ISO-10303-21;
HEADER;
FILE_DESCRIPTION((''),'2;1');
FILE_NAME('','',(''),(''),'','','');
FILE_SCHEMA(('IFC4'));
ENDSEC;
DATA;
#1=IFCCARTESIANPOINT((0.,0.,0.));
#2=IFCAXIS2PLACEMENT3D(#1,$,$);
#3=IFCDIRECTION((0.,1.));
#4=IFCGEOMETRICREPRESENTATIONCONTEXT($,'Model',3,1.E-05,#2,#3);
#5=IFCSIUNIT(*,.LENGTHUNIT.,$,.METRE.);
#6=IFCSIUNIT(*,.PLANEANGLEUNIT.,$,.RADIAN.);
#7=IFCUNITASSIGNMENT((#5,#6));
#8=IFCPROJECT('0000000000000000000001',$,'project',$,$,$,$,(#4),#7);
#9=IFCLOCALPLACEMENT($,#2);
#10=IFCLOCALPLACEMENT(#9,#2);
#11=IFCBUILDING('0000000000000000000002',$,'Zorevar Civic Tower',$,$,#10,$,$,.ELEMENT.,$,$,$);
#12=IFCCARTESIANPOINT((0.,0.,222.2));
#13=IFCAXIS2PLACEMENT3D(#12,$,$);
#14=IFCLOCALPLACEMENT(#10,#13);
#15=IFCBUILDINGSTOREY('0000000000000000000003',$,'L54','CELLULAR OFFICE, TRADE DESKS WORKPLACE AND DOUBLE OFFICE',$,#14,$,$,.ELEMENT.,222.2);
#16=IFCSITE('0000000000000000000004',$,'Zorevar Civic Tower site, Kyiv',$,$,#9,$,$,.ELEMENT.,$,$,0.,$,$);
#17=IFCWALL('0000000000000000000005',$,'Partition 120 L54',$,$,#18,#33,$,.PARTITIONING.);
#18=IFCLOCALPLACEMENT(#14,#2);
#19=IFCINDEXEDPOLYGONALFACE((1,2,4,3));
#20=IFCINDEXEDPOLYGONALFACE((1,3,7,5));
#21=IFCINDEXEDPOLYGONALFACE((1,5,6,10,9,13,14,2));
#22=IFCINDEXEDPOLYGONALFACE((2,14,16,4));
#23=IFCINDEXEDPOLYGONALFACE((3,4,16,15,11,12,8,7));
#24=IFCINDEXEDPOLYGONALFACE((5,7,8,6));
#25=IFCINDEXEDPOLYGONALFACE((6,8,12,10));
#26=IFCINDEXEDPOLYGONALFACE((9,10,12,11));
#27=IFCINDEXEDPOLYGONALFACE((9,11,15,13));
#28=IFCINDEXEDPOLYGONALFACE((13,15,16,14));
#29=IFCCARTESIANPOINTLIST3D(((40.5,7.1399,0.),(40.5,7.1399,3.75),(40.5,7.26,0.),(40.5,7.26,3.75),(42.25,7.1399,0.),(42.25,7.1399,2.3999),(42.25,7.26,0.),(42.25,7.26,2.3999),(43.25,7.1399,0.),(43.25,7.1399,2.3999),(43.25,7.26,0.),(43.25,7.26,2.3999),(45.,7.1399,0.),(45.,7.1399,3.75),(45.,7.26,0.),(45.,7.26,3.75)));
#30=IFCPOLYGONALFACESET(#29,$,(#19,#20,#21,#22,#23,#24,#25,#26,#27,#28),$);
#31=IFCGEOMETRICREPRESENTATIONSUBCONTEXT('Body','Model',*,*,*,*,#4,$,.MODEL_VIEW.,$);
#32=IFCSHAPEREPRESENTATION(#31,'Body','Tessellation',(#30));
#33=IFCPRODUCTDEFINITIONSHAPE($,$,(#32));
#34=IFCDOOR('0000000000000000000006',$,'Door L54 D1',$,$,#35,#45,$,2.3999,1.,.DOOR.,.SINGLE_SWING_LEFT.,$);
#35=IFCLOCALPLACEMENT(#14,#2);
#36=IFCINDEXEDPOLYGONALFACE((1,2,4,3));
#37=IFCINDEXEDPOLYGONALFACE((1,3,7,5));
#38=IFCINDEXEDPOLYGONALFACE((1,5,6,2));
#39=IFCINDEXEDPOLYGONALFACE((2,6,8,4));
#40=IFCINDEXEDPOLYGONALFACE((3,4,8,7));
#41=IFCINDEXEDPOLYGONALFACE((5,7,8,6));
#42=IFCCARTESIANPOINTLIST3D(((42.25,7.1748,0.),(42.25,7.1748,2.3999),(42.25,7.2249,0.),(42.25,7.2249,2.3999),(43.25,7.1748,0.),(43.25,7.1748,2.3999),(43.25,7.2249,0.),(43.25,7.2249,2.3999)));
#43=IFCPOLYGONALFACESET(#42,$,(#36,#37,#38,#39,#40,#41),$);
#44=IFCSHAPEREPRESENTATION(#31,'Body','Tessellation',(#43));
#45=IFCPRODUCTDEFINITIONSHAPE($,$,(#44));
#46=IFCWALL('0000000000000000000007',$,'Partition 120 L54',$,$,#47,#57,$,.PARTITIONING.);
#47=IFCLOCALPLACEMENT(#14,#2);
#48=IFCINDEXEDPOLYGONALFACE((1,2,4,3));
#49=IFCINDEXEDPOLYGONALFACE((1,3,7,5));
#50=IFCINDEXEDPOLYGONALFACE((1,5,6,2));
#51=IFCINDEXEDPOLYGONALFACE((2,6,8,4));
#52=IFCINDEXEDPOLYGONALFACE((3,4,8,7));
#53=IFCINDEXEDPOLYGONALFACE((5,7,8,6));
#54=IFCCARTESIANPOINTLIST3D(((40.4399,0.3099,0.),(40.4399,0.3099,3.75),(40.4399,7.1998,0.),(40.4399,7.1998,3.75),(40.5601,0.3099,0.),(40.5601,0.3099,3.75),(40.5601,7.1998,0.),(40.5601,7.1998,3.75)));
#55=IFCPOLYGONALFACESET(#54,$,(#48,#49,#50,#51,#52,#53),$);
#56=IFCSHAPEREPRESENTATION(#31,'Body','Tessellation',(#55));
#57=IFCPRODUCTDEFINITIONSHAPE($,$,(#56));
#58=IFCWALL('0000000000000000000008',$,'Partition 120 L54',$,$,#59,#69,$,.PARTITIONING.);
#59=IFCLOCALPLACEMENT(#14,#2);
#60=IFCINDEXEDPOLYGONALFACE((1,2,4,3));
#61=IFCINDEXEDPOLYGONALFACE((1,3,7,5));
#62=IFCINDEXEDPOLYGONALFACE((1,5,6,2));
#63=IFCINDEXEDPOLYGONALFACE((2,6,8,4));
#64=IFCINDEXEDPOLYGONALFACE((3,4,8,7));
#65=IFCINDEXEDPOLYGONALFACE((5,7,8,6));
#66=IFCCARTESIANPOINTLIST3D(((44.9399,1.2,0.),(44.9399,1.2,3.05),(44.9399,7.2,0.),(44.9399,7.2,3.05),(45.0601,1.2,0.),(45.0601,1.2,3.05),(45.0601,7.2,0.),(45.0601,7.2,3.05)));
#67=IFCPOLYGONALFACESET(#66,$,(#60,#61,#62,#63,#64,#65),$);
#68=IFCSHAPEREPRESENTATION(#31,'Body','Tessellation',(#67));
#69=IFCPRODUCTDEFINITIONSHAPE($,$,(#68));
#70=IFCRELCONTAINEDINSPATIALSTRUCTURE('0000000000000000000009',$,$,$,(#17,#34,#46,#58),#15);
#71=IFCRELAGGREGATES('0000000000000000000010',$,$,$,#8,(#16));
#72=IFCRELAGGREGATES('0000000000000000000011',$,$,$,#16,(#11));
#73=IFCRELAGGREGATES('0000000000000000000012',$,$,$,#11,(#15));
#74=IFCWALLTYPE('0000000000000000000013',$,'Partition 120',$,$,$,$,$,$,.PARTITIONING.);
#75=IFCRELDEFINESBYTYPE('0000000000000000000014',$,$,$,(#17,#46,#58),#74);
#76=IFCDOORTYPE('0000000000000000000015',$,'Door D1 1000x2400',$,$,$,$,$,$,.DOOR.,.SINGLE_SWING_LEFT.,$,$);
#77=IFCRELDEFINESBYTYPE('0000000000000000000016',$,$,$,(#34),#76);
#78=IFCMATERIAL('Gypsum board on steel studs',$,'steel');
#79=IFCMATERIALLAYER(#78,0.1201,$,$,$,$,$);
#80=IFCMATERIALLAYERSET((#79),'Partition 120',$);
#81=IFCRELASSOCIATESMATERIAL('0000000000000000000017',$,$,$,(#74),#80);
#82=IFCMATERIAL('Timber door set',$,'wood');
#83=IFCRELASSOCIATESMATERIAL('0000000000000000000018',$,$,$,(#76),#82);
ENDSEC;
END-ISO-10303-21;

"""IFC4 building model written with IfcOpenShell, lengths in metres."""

from ifc_helpers import new_model, si_unit, direction, frame, frame_2d, origin, place, context, subcontext, project, spatial, rectangle, extrude, material, layer, layer_set, type_object, element, fill, save


model = new_model("IFC4")

# Units and contexts
model_context = context("Model", 3, precision=1e-05, world=origin(), true_north=direction((0.0, 1.0)))
body_context = subcontext(model_context, "Body", "Model", "MODEL_VIEW")
ifc_project = project(units=[si_unit("LENGTHUNIT", "METRE"), si_unit("PLANEANGLEUNIT", "RADIAN")], contexts=[model_context])

# Site, building, storey
site_placement = place(None, origin())
site = spatial("IfcSite", under=ifc_project, at=site_placement, Name="Zorevar Civic Tower site, Kyiv", CompositionType="ELEMENT", RefElevation=0.0)
building_placement = place(site_placement, origin())
building = spatial("IfcBuilding", under=site, at=building_placement, Name="Zorevar Civic Tower", CompositionType="ELEMENT")
storey_placement = place(building_placement, frame((0.0, 0.0, 222.2)))
storey = spatial("IfcBuildingStorey", under=building, at=storey_placement, Name="L54", Description="CELLULAR OFFICE, TRADE DESKS WORKPLACE AND DOUBLE OFFICE", CompositionType="ELEMENT", Elevation=222.2)

# Wall, opening, door
ifc_material_1 = material(Name="Gypsum board on steel studs", Category="steel")
ifc_layer_1 = layer(ifc_material_1, 0.1201)
ifc_layer_set_1 = layer_set([ifc_layer_1], Name="Partition 120")
wall_type = type_object("IfcWallType", Name="Partition 120", PredefinedType="PARTITIONING", material=ifc_layer_set_1)
wall_1_placement = place(storey_placement, frame((40.5, 7.2, 0.0), z_axis=(0.0, 0.0, 1.0), x_axis=(1.0, 0.0, 0.0)))
wall_1 = element("IfcWall", 1, at=wall_1_placement, inside=storey, type_object=wall_type, Name="Partition 120 L54", PredefinedType="PARTITIONING", context=body_context, shape_type="SweptSolid", body=[
    extrude(rectangle(XDim=4.5, YDim=0.1201, at=frame_2d((2.25, 0.0))), origin(), (0.0, 0.0, 1.0), 3.75),
])
opening_placement = place(wall_1_placement, frame((1.75, 0.0, 0.0)))
opening = element("IfcOpeningElement", 2, at=opening_placement, cuts=wall_1, PredefinedType="OPENING", context=body_context, shape_type="SweptSolid", body=[
    extrude(rectangle(XDim=1.0, YDim=2.3999, at=frame_2d((0.5, 1.2))), frame((0.0, 0.0701, 0.0), z_axis=(0.0, -1.0, 0.0), x_axis=(1.0, 0.0, 0.0)), (0.0, 0.0, 1.0), 0.1401),
])
ifc_material_2 = material(Name="Timber door set", Category="wood")
door_type = type_object("IfcDoorType", Name="Door D1 1000x2400", OperationType="SINGLE_SWING_LEFT", PredefinedType="DOOR", material=ifc_material_2)
door_placement = place(opening_placement, origin())
door = element("IfcDoor", 3, at=door_placement, inside=storey, type_object=door_type, Name="Door L54 D1", OperationType="SINGLE_SWING_LEFT", OverallHeight=2.3999, OverallWidth=1.0, PredefinedType="DOOR", context=body_context, shape_type="SweptSolid", body=[
    extrude(rectangle(XDim=1.0, YDim=2.3999, at=frame_2d((0.5, 1.2))), frame((0.0, 0.0249, 0.0), z_axis=(0.0, -1.0, 0.0), x_axis=(1.0, 0.0, 0.0)), (0.0, 0.0, 1.0), 0.05),
])
fill(opening, door)

# Walls
wall_2_placement = place(storey_placement, frame((40.5, 0.3101, 0.0), z_axis=(0.0, 0.0, 1.0), x_axis=(0.0, 1.0, 0.0)))
element("IfcWall", 4, at=wall_2_placement, inside=storey, type_object=wall_type, Name="Partition 120 L54", PredefinedType="PARTITIONING", context=body_context, shape_type="SweptSolid", body=[
    extrude(rectangle(XDim=6.8899, YDim=0.1201, at=frame_2d((3.4448, 0.0))), origin(), (0.0, 0.0, 1.0), 3.75),
])
wall_3_placement = place(storey_placement, frame((45.0, 1.2, 0.0), z_axis=(0.0, 0.0, 1.0), x_axis=(0.0, 1.0, 0.0)))
element("IfcWall", 5, at=wall_3_placement, inside=storey, type_object=wall_type, Name="Partition 120 L54", PredefinedType="PARTITIONING", context=body_context, shape_type="SweptSolid", body=[
    extrude(rectangle(XDim=6.0, YDim=0.1201, at=frame_2d((3.0, 0.0))), origin(), (0.0, 0.0, 1.0), 3.05),
])

save(model, "model.ifc")
